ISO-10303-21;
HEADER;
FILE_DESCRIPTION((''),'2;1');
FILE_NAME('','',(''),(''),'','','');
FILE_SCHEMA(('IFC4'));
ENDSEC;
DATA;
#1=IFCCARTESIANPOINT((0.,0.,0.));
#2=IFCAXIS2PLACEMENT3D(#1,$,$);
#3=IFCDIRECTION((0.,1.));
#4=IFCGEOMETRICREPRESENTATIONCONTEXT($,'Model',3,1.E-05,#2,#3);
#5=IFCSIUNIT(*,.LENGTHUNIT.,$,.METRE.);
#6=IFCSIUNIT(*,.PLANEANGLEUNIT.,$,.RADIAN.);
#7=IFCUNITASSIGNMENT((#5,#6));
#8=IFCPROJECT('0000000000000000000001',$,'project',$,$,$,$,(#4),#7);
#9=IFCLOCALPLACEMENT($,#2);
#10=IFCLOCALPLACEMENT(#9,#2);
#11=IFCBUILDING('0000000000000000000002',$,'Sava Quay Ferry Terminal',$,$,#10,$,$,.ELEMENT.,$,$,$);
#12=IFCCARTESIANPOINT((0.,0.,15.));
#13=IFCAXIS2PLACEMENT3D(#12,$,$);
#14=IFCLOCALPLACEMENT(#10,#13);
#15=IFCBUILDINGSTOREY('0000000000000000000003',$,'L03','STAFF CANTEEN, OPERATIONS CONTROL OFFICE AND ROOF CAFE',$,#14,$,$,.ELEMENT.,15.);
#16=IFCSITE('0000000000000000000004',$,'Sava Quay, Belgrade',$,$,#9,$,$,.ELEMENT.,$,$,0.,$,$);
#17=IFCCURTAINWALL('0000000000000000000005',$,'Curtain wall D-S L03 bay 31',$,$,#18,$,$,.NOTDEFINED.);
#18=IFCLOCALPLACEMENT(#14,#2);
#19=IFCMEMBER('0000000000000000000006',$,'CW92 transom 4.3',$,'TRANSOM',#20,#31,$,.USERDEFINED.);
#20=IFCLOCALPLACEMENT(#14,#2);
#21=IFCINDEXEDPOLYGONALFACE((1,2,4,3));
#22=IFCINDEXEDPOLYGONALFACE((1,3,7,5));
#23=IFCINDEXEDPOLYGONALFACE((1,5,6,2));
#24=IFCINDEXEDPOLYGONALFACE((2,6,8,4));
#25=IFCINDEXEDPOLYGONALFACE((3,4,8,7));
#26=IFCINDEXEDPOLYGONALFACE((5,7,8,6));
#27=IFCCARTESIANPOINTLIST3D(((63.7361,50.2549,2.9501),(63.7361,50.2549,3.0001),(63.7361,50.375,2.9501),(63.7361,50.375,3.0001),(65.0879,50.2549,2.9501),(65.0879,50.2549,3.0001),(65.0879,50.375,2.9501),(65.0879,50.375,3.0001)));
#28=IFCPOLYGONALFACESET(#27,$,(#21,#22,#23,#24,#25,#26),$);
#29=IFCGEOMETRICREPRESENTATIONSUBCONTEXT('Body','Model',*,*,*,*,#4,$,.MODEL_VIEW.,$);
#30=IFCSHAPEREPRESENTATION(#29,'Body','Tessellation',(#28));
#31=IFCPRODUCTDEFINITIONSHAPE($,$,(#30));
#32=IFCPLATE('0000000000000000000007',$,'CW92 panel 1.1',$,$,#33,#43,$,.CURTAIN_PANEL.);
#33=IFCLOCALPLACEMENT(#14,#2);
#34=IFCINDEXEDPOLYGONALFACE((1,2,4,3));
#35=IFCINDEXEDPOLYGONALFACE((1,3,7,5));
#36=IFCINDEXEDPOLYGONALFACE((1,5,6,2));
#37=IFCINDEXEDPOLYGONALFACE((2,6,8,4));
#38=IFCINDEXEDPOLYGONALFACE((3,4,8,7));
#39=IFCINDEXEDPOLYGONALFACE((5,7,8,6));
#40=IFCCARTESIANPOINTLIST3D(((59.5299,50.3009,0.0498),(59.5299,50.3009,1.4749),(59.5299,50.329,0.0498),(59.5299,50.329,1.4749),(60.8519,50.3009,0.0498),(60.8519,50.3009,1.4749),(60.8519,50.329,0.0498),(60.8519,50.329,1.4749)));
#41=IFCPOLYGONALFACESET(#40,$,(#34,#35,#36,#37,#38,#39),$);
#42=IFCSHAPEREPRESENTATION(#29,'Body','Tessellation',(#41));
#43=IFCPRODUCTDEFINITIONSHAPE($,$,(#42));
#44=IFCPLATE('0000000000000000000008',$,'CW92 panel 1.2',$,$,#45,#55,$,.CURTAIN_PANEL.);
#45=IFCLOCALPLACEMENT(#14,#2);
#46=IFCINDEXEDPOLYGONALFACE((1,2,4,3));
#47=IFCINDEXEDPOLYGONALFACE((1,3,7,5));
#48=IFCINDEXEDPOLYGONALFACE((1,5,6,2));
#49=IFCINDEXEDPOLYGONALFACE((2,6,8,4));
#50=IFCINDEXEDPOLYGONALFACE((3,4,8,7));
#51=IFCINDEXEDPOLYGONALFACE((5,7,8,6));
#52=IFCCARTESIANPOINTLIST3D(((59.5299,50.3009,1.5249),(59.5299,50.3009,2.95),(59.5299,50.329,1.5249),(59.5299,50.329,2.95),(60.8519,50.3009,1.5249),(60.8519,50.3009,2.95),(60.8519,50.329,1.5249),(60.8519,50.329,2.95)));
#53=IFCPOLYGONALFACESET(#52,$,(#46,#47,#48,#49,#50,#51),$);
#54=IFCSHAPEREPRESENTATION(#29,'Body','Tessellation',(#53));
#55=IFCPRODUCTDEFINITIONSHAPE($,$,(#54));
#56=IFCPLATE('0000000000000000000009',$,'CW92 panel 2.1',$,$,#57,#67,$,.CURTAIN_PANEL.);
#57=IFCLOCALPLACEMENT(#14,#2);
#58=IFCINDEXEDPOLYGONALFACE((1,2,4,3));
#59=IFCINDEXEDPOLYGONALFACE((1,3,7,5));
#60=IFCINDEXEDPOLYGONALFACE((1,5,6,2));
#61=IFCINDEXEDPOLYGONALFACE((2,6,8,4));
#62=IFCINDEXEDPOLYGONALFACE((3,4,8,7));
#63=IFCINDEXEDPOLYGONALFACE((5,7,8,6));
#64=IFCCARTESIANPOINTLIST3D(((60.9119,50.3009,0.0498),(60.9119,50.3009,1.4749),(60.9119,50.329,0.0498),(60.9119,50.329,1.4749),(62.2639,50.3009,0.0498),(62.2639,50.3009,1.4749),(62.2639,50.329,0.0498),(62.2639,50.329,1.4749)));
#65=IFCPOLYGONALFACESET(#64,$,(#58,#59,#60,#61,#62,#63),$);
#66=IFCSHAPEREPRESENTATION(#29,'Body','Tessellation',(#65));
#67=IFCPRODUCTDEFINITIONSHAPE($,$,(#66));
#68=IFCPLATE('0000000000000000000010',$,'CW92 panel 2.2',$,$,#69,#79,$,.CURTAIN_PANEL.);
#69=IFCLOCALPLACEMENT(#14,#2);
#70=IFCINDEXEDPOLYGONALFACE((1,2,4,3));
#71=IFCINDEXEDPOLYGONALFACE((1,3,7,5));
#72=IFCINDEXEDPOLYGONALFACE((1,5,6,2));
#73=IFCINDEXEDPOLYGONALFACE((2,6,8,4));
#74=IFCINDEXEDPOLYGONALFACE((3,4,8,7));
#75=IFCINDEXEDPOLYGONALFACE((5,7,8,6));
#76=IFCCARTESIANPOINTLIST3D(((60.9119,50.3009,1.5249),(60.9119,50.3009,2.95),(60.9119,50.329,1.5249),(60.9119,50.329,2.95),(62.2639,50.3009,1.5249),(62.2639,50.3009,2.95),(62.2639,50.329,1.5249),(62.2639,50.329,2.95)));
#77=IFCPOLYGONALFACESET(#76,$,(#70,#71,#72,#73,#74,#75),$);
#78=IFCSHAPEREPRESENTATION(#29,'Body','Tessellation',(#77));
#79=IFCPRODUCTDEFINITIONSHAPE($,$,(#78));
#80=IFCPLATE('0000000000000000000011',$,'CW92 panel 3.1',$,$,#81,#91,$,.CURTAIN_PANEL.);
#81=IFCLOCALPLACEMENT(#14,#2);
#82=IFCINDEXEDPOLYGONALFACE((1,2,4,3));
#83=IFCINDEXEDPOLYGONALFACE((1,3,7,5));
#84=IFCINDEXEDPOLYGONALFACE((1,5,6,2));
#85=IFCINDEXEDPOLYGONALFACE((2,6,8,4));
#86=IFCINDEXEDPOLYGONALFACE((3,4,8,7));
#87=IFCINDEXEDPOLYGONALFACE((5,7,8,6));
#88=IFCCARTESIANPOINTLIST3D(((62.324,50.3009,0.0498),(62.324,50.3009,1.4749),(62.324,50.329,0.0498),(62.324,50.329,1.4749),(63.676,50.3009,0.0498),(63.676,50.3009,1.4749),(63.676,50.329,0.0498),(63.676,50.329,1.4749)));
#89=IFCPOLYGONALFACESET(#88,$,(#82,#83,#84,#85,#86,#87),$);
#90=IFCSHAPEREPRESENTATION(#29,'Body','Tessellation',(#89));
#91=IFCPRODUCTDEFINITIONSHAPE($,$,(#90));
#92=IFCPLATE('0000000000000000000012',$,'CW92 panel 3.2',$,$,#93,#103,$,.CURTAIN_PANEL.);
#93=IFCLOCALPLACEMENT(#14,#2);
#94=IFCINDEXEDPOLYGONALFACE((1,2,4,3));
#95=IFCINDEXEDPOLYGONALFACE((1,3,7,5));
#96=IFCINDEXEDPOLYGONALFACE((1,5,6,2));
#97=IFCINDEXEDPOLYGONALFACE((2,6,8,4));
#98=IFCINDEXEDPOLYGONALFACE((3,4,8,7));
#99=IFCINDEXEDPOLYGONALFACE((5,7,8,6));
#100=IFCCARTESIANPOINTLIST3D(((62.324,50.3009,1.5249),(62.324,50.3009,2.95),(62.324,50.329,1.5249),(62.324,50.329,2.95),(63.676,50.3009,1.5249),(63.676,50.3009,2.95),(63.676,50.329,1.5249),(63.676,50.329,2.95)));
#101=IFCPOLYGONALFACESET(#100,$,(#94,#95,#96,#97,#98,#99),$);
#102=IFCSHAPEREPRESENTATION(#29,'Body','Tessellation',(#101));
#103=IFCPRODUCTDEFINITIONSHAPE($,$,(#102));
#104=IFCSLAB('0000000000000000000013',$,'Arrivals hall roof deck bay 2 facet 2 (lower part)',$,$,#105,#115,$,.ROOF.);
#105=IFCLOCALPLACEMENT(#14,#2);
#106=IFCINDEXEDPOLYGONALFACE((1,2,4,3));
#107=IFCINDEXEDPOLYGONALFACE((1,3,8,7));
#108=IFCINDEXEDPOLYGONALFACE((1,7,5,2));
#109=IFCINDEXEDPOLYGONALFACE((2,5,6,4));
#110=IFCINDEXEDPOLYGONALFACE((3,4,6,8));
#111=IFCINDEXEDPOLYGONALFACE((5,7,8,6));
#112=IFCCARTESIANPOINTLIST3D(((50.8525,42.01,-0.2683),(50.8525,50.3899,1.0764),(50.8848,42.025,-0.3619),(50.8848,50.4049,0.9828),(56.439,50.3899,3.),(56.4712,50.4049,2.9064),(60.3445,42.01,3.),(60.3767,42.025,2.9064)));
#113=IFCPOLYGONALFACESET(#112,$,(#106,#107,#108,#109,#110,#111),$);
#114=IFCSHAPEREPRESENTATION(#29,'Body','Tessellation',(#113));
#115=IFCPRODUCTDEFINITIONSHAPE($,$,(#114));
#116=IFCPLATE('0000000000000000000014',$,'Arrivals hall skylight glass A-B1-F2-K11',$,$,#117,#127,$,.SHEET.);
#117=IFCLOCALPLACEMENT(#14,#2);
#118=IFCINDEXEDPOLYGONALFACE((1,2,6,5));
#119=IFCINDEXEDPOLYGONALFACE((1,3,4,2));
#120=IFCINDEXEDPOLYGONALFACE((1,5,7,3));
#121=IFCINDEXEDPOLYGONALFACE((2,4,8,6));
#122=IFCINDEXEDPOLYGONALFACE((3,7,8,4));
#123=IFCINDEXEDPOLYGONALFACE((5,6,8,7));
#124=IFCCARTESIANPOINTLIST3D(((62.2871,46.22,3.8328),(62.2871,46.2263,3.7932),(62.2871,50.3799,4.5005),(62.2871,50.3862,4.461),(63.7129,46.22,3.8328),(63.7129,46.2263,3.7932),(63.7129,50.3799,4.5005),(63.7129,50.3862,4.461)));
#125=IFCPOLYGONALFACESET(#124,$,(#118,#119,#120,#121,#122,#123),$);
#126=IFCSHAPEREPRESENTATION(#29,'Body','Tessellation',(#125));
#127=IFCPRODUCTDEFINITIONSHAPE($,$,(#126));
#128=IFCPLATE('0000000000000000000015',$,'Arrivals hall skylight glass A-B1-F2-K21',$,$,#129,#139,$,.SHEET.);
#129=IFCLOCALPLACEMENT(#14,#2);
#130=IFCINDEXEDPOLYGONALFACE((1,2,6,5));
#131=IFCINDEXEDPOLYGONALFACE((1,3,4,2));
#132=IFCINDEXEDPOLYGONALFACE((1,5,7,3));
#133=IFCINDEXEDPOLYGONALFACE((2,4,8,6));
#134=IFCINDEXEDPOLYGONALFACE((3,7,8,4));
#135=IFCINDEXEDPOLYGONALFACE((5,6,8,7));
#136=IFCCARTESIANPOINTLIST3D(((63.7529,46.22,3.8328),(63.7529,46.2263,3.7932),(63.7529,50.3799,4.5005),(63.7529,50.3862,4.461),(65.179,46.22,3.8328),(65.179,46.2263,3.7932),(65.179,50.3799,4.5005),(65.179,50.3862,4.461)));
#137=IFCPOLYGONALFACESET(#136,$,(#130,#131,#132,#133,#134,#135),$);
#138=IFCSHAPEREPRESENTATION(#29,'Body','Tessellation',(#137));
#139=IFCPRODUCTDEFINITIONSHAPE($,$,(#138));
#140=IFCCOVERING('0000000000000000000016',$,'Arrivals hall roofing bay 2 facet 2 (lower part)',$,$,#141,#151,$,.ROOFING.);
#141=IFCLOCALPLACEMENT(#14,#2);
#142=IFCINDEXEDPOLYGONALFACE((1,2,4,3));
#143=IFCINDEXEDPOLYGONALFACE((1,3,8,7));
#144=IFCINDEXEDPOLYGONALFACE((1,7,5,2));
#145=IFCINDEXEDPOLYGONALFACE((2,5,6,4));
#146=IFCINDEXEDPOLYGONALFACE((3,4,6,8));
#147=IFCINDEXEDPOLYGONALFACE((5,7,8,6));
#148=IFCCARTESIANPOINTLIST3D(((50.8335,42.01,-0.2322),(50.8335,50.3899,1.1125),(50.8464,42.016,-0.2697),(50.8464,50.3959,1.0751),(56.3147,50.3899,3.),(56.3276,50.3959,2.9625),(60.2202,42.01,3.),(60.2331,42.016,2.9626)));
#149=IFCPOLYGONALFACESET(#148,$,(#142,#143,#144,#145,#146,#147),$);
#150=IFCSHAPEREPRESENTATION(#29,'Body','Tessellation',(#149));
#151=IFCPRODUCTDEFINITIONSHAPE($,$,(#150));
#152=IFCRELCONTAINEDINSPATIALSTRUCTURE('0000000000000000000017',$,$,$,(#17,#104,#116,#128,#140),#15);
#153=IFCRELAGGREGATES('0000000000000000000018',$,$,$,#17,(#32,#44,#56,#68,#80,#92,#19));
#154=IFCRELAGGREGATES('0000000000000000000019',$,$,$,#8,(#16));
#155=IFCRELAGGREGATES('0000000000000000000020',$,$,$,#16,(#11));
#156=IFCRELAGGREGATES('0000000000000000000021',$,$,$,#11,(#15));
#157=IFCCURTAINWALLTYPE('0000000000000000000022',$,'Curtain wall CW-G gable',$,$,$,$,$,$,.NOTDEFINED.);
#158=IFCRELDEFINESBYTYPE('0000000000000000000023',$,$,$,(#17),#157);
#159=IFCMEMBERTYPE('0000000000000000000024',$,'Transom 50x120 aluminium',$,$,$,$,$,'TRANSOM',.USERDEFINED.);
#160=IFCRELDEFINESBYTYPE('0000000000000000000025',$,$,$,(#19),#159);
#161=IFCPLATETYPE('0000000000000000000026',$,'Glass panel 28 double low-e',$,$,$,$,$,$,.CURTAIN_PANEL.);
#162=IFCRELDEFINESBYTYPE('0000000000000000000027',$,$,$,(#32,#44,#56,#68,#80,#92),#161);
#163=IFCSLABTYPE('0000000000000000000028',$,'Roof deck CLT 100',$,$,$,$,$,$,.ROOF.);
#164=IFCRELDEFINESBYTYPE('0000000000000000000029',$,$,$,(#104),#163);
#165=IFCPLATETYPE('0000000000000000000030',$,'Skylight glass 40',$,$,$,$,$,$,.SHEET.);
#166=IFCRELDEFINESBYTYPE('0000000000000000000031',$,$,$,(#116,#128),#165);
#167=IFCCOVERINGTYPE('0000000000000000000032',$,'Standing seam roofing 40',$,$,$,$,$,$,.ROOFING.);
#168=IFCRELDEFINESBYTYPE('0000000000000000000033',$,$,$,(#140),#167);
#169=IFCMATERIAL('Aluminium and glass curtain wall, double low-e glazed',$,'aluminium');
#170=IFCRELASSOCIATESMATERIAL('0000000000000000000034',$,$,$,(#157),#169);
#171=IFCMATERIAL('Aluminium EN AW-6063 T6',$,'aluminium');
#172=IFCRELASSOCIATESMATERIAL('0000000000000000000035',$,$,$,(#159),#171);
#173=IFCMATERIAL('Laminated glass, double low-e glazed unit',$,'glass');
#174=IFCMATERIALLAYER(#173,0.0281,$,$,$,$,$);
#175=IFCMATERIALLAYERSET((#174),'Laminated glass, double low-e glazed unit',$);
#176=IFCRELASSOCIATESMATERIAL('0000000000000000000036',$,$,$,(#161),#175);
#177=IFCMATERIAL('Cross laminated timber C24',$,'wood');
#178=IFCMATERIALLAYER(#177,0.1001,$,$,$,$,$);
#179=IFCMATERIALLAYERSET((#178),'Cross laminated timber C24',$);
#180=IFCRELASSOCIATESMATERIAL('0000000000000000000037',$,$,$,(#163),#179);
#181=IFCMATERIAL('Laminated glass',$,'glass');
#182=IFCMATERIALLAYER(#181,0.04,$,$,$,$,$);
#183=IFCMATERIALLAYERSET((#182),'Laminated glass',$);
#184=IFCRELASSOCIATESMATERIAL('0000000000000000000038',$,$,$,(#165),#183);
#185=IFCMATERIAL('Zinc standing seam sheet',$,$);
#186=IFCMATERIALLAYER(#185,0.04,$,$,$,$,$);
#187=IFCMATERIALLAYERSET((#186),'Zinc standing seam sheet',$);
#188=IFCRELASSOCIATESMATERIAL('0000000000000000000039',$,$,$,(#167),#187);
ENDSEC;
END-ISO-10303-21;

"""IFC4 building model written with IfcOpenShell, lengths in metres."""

from ifc_helpers import new_model, si_unit, direction, frame, origin, origin_2d, place, context, subcontext, project, spatial, polyline, rectangle, outline, extrude, material, layer, layer_set, material_profile, profile_set, type_object, element, aggregate, save


model = new_model("IFC4")

# Units and contexts
model_context = context("Model", 3, precision=1e-05, world=origin(), true_north=direction((0.0, 1.0)))
body_context = subcontext(model_context, "Body", "Model", "MODEL_VIEW")
ifc_project = project(units=[si_unit("LENGTHUNIT", "METRE"), si_unit("PLANEANGLEUNIT", "RADIAN")], contexts=[model_context])

# Site, building, storey
site_placement = place(None, origin())
site = spatial("IfcSite", under=ifc_project, at=site_placement, Name="Sava Quay, Belgrade", CompositionType="ELEMENT", RefElevation=0.0)
building_placement = place(site_placement, origin())
building = spatial("IfcBuilding", under=site, at=building_placement, Name="Sava Quay Ferry Terminal", CompositionType="ELEMENT")
storey_placement = place(building_placement, frame((0.0, 0.0, 15.0)))
storey = spatial("IfcBuildingStorey", under=building, at=storey_placement, Name="L03", Description="STAFF CANTEEN, OPERATIONS CONTROL OFFICE AND ROOF CAFE", CompositionType="ELEMENT", Elevation=15.0)

# Curtain wall, member, plates
ifc_material_1 = material(Name="Aluminium and glass curtain wall, double low-e glazed", Category="aluminium")
curtain_wall_type = type_object("IfcCurtainWallType", Name="Curtain wall CW-G gable", PredefinedType="NOTDEFINED", material=ifc_material_1)
curtain_wall_placement = place(storey_placement, origin())
curtain_wall = element("IfcCurtainWall", 1, at=curtain_wall_placement, inside=storey, type_object=curtain_wall_type, Name="Curtain wall D-S L03 bay 31", PredefinedType="NOTDEFINED")
ifc_material_2 = material(Name="Aluminium EN AW-6063 T6", Category="aluminium")
ifc_material_profile_1 = material_profile(ifc_material_2, rectangle(XDim=0.1201, YDim=0.05, at=origin_2d()), Name="Transom 50x120 aluminium")
ifc_profile_set_1 = profile_set([ifc_material_profile_1], Name="Aluminium EN AW-6063 T6")
member_type_1 = type_object("IfcMemberType", Name="Transom 50x120 aluminium", ElementType="TRANSOM", PredefinedType="USERDEFINED", material=ifc_profile_set_1)
member_1_placement = place(storey_placement, frame((63.7361, 50.3149, 2.9751), z_axis=(1.0, 0.0, 0.0), x_axis=(0.0, 1.0, 0.0)))
member_1 = element("IfcMember", 2, at=member_1_placement, type_object=member_type_1, Name="CW92 transom 4.3", ObjectType="TRANSOM", PredefinedType="USERDEFINED", context=body_context, shape_type="SweptSolid", body=[
    extrude(rectangle(XDim=0.1201, YDim=0.05, at=origin_2d()), origin(), (0.0, 0.0, 1.0), 1.3518),
])
ifc_material_3 = material(Name="Laminated glass, double low-e glazed unit", Category="glass")
ifc_layer_1 = layer(ifc_material_3, 0.0281)
ifc_layer_set_1 = layer_set([ifc_layer_1], Name="Laminated glass, double low-e glazed unit")
plate_type_1 = type_object("IfcPlateType", Name="Glass panel 28 double low-e", PredefinedType="CURTAIN_PANEL", material=ifc_layer_set_1)
plate_1_placement = place(storey_placement, frame((60.1909, 50.3149, 0.0498), z_axis=(0.0, 0.0, 1.0), x_axis=(1.0, 0.0, 0.0)))
plate_1 = element("IfcPlate", 3, at=plate_1_placement, type_object=plate_type_1, Name="CW92 panel 1.1", PredefinedType="CURTAIN_PANEL", context=body_context, shape_type="SweptSolid", body=[
    extrude(rectangle(XDim=1.322, YDim=0.0281, at=origin_2d()), origin(), (0.0, 0.0, 1.0), 1.425),
])
plate_2_placement = place(storey_placement, frame((60.1909, 50.3149, 1.5249), z_axis=(0.0, 0.0, 1.0), x_axis=(1.0, 0.0, 0.0)))
plate_2 = element("IfcPlate", 4, at=plate_2_placement, type_object=plate_type_1, Name="CW92 panel 1.2", PredefinedType="CURTAIN_PANEL", context=body_context, shape_type="SweptSolid", body=[
    extrude(rectangle(XDim=1.322, YDim=0.0281, at=origin_2d()), origin(), (0.0, 0.0, 1.0), 1.425),
])
plate_3_placement = place(storey_placement, frame((61.5879, 50.3149, 0.0498), z_axis=(0.0, 0.0, 1.0), x_axis=(1.0, 0.0, 0.0)))
plate_3 = element("IfcPlate", 5, at=plate_3_placement, type_object=plate_type_1, Name="CW92 panel 2.1", PredefinedType="CURTAIN_PANEL", context=body_context, shape_type="SweptSolid", body=[
    extrude(rectangle(XDim=1.3521, YDim=0.0281, at=origin_2d()), origin(), (0.0, 0.0, 1.0), 1.425),
])
plate_4_placement = place(storey_placement, frame((61.5879, 50.3149, 1.5249), z_axis=(0.0, 0.0, 1.0), x_axis=(1.0, 0.0, 0.0)))
plate_4 = element("IfcPlate", 6, at=plate_4_placement, type_object=plate_type_1, Name="CW92 panel 2.2", PredefinedType="CURTAIN_PANEL", context=body_context, shape_type="SweptSolid", body=[
    extrude(rectangle(XDim=1.3521, YDim=0.0281, at=origin_2d()), origin(), (0.0, 0.0, 1.0), 1.425),
])
plate_5_placement = place(storey_placement, frame((63.0, 50.3149, 0.0498), z_axis=(0.0, 0.0, 1.0), x_axis=(1.0, 0.0, 0.0)))
plate_5 = element("IfcPlate", 7, at=plate_5_placement, type_object=plate_type_1, Name="CW92 panel 3.1", PredefinedType="CURTAIN_PANEL", context=body_context, shape_type="SweptSolid", body=[
    extrude(rectangle(XDim=1.3521, YDim=0.0281, at=origin_2d()), origin(), (0.0, 0.0, 1.0), 1.425),
])
plate_6_placement = place(storey_placement, frame((63.0, 50.3149, 1.5249), z_axis=(0.0, 0.0, 1.0), x_axis=(1.0, 0.0, 0.0)))
plate_6 = element("IfcPlate", 8, at=plate_6_placement, type_object=plate_type_1, Name="CW92 panel 3.2", PredefinedType="CURTAIN_PANEL", context=body_context, shape_type="SweptSolid", body=[
    extrude(rectangle(XDim=1.3521, YDim=0.0281, at=origin_2d()), origin(), (0.0, 0.0, 1.0), 1.425),
])
aggregate(curtain_wall, [plate_1, plate_2, plate_3, plate_4, plate_5, plate_6, member_1])

# Slab
ifc_material_4 = material(Name="Cross laminated timber C24", Category="wood")
ifc_layer_2 = layer(ifc_material_4, 0.1001)
ifc_layer_set_2 = layer_set([ifc_layer_2], Name="Cross laminated timber C24")
slab_type = type_object("IfcSlabType", Name="Roof deck CLT 100", PredefinedType="ROOF", material=ifc_layer_set_2)
slab_placement = place(storey_placement, frame((50.8525, 50.3899, 1.0764), z_axis=(-0.321884, -0.150014, 0.934819), x_axis=(0.945519, 0.000001, 0.325568)))
element("IfcSlab", 9, at=slab_placement, inside=storey, type_object=slab_type, Name="Arrivals hall roof deck bay 2 facet 2 (lower part)", PredefinedType="ROOF", context=body_context, shape_type="SweptSolid", body=[
    extrude(outline(polyline([(0.0, 0.0), (5.9083, 0.0), (9.6011, -8.4758), (-0.4378, -8.4758), (0.0, 0.0)])), origin(), (0.0, 0.0, -1.0), 0.1001),
])

# Plates
ifc_material_5 = material(Name="Laminated glass", Category="glass")
ifc_layer_3 = layer(ifc_material_5, 0.04)
ifc_layer_set_3 = layer_set([ifc_layer_3], Name="Laminated glass")
plate_type_2 = type_object("IfcPlateType", Name="Skylight glass 40", PredefinedType="SHEET", material=ifc_layer_set_3)
plate_7_placement = place(storey_placement, frame((62.2871, 46.22, 3.8328), z_axis=(0.0, -0.158485, 0.987361), x_axis=(0.0, 0.987361, 0.158485)))
element("IfcPlate", 10, at=plate_7_placement, inside=storey, type_object=plate_type_2, Name="Arrivals hall skylight glass A-B1-F2-K11", PredefinedType="SHEET", context=body_context, shape_type="SweptSolid", body=[
    extrude(outline(polyline([(0.0, 0.0), (4.2132, 0.0), (4.2132, -1.4258), (0.0, -1.4258), (0.0, 0.0)])), origin(), (0.0, 0.0, -1.0), 0.04),
])
plate_8_placement = place(storey_placement, frame((63.7529, 46.22, 3.8328), z_axis=(0.0, -0.158485, 0.987361), x_axis=(0.0, 0.987361, 0.158485)))
element("IfcPlate", 11, at=plate_8_placement, inside=storey, type_object=plate_type_2, Name="Arrivals hall skylight glass A-B1-F2-K21", PredefinedType="SHEET", context=body_context, shape_type="SweptSolid", body=[
    extrude(outline(polyline([(0.0, 0.0), (4.2132, 0.0), (4.2132, -1.426), (0.0, -1.426), (0.0, 0.0)])), origin(), (0.0, 0.0, -1.0), 0.04),
])

# Covering
ifc_material_6 = material(Name="Zinc standing seam sheet")
ifc_layer_4 = layer(ifc_material_6, 0.04)
ifc_layer_set_4 = layer_set([ifc_layer_4], Name="Zinc standing seam sheet")
covering_type = type_object("IfcCoveringType", Name="Standing seam roofing 40", PredefinedType="ROOFING", material=ifc_layer_set_4)
covering_placement = place(storey_placement, frame((50.8335, 50.3899, 1.1125), z_axis=(-0.321895, -0.150016, 0.934815), x_axis=(0.945515, 0.000001, 0.325579)))
element("IfcCovering", 12, at=covering_placement, inside=storey, type_object=covering_type, Name="Arrivals hall roofing bay 2 facet 2 (lower part)", PredefinedType="ROOFING", context=body_context, shape_type="SweptSolid", body=[
    extrude(outline(polyline([(0.0, 0.0), (5.7971, 0.0), (9.4898, -8.4758), (-0.4378, -8.4758), (0.0, 0.0)])), origin(), (0.0, 0.0, -1.0), 0.04),
])

save(model, "model.ifc")
